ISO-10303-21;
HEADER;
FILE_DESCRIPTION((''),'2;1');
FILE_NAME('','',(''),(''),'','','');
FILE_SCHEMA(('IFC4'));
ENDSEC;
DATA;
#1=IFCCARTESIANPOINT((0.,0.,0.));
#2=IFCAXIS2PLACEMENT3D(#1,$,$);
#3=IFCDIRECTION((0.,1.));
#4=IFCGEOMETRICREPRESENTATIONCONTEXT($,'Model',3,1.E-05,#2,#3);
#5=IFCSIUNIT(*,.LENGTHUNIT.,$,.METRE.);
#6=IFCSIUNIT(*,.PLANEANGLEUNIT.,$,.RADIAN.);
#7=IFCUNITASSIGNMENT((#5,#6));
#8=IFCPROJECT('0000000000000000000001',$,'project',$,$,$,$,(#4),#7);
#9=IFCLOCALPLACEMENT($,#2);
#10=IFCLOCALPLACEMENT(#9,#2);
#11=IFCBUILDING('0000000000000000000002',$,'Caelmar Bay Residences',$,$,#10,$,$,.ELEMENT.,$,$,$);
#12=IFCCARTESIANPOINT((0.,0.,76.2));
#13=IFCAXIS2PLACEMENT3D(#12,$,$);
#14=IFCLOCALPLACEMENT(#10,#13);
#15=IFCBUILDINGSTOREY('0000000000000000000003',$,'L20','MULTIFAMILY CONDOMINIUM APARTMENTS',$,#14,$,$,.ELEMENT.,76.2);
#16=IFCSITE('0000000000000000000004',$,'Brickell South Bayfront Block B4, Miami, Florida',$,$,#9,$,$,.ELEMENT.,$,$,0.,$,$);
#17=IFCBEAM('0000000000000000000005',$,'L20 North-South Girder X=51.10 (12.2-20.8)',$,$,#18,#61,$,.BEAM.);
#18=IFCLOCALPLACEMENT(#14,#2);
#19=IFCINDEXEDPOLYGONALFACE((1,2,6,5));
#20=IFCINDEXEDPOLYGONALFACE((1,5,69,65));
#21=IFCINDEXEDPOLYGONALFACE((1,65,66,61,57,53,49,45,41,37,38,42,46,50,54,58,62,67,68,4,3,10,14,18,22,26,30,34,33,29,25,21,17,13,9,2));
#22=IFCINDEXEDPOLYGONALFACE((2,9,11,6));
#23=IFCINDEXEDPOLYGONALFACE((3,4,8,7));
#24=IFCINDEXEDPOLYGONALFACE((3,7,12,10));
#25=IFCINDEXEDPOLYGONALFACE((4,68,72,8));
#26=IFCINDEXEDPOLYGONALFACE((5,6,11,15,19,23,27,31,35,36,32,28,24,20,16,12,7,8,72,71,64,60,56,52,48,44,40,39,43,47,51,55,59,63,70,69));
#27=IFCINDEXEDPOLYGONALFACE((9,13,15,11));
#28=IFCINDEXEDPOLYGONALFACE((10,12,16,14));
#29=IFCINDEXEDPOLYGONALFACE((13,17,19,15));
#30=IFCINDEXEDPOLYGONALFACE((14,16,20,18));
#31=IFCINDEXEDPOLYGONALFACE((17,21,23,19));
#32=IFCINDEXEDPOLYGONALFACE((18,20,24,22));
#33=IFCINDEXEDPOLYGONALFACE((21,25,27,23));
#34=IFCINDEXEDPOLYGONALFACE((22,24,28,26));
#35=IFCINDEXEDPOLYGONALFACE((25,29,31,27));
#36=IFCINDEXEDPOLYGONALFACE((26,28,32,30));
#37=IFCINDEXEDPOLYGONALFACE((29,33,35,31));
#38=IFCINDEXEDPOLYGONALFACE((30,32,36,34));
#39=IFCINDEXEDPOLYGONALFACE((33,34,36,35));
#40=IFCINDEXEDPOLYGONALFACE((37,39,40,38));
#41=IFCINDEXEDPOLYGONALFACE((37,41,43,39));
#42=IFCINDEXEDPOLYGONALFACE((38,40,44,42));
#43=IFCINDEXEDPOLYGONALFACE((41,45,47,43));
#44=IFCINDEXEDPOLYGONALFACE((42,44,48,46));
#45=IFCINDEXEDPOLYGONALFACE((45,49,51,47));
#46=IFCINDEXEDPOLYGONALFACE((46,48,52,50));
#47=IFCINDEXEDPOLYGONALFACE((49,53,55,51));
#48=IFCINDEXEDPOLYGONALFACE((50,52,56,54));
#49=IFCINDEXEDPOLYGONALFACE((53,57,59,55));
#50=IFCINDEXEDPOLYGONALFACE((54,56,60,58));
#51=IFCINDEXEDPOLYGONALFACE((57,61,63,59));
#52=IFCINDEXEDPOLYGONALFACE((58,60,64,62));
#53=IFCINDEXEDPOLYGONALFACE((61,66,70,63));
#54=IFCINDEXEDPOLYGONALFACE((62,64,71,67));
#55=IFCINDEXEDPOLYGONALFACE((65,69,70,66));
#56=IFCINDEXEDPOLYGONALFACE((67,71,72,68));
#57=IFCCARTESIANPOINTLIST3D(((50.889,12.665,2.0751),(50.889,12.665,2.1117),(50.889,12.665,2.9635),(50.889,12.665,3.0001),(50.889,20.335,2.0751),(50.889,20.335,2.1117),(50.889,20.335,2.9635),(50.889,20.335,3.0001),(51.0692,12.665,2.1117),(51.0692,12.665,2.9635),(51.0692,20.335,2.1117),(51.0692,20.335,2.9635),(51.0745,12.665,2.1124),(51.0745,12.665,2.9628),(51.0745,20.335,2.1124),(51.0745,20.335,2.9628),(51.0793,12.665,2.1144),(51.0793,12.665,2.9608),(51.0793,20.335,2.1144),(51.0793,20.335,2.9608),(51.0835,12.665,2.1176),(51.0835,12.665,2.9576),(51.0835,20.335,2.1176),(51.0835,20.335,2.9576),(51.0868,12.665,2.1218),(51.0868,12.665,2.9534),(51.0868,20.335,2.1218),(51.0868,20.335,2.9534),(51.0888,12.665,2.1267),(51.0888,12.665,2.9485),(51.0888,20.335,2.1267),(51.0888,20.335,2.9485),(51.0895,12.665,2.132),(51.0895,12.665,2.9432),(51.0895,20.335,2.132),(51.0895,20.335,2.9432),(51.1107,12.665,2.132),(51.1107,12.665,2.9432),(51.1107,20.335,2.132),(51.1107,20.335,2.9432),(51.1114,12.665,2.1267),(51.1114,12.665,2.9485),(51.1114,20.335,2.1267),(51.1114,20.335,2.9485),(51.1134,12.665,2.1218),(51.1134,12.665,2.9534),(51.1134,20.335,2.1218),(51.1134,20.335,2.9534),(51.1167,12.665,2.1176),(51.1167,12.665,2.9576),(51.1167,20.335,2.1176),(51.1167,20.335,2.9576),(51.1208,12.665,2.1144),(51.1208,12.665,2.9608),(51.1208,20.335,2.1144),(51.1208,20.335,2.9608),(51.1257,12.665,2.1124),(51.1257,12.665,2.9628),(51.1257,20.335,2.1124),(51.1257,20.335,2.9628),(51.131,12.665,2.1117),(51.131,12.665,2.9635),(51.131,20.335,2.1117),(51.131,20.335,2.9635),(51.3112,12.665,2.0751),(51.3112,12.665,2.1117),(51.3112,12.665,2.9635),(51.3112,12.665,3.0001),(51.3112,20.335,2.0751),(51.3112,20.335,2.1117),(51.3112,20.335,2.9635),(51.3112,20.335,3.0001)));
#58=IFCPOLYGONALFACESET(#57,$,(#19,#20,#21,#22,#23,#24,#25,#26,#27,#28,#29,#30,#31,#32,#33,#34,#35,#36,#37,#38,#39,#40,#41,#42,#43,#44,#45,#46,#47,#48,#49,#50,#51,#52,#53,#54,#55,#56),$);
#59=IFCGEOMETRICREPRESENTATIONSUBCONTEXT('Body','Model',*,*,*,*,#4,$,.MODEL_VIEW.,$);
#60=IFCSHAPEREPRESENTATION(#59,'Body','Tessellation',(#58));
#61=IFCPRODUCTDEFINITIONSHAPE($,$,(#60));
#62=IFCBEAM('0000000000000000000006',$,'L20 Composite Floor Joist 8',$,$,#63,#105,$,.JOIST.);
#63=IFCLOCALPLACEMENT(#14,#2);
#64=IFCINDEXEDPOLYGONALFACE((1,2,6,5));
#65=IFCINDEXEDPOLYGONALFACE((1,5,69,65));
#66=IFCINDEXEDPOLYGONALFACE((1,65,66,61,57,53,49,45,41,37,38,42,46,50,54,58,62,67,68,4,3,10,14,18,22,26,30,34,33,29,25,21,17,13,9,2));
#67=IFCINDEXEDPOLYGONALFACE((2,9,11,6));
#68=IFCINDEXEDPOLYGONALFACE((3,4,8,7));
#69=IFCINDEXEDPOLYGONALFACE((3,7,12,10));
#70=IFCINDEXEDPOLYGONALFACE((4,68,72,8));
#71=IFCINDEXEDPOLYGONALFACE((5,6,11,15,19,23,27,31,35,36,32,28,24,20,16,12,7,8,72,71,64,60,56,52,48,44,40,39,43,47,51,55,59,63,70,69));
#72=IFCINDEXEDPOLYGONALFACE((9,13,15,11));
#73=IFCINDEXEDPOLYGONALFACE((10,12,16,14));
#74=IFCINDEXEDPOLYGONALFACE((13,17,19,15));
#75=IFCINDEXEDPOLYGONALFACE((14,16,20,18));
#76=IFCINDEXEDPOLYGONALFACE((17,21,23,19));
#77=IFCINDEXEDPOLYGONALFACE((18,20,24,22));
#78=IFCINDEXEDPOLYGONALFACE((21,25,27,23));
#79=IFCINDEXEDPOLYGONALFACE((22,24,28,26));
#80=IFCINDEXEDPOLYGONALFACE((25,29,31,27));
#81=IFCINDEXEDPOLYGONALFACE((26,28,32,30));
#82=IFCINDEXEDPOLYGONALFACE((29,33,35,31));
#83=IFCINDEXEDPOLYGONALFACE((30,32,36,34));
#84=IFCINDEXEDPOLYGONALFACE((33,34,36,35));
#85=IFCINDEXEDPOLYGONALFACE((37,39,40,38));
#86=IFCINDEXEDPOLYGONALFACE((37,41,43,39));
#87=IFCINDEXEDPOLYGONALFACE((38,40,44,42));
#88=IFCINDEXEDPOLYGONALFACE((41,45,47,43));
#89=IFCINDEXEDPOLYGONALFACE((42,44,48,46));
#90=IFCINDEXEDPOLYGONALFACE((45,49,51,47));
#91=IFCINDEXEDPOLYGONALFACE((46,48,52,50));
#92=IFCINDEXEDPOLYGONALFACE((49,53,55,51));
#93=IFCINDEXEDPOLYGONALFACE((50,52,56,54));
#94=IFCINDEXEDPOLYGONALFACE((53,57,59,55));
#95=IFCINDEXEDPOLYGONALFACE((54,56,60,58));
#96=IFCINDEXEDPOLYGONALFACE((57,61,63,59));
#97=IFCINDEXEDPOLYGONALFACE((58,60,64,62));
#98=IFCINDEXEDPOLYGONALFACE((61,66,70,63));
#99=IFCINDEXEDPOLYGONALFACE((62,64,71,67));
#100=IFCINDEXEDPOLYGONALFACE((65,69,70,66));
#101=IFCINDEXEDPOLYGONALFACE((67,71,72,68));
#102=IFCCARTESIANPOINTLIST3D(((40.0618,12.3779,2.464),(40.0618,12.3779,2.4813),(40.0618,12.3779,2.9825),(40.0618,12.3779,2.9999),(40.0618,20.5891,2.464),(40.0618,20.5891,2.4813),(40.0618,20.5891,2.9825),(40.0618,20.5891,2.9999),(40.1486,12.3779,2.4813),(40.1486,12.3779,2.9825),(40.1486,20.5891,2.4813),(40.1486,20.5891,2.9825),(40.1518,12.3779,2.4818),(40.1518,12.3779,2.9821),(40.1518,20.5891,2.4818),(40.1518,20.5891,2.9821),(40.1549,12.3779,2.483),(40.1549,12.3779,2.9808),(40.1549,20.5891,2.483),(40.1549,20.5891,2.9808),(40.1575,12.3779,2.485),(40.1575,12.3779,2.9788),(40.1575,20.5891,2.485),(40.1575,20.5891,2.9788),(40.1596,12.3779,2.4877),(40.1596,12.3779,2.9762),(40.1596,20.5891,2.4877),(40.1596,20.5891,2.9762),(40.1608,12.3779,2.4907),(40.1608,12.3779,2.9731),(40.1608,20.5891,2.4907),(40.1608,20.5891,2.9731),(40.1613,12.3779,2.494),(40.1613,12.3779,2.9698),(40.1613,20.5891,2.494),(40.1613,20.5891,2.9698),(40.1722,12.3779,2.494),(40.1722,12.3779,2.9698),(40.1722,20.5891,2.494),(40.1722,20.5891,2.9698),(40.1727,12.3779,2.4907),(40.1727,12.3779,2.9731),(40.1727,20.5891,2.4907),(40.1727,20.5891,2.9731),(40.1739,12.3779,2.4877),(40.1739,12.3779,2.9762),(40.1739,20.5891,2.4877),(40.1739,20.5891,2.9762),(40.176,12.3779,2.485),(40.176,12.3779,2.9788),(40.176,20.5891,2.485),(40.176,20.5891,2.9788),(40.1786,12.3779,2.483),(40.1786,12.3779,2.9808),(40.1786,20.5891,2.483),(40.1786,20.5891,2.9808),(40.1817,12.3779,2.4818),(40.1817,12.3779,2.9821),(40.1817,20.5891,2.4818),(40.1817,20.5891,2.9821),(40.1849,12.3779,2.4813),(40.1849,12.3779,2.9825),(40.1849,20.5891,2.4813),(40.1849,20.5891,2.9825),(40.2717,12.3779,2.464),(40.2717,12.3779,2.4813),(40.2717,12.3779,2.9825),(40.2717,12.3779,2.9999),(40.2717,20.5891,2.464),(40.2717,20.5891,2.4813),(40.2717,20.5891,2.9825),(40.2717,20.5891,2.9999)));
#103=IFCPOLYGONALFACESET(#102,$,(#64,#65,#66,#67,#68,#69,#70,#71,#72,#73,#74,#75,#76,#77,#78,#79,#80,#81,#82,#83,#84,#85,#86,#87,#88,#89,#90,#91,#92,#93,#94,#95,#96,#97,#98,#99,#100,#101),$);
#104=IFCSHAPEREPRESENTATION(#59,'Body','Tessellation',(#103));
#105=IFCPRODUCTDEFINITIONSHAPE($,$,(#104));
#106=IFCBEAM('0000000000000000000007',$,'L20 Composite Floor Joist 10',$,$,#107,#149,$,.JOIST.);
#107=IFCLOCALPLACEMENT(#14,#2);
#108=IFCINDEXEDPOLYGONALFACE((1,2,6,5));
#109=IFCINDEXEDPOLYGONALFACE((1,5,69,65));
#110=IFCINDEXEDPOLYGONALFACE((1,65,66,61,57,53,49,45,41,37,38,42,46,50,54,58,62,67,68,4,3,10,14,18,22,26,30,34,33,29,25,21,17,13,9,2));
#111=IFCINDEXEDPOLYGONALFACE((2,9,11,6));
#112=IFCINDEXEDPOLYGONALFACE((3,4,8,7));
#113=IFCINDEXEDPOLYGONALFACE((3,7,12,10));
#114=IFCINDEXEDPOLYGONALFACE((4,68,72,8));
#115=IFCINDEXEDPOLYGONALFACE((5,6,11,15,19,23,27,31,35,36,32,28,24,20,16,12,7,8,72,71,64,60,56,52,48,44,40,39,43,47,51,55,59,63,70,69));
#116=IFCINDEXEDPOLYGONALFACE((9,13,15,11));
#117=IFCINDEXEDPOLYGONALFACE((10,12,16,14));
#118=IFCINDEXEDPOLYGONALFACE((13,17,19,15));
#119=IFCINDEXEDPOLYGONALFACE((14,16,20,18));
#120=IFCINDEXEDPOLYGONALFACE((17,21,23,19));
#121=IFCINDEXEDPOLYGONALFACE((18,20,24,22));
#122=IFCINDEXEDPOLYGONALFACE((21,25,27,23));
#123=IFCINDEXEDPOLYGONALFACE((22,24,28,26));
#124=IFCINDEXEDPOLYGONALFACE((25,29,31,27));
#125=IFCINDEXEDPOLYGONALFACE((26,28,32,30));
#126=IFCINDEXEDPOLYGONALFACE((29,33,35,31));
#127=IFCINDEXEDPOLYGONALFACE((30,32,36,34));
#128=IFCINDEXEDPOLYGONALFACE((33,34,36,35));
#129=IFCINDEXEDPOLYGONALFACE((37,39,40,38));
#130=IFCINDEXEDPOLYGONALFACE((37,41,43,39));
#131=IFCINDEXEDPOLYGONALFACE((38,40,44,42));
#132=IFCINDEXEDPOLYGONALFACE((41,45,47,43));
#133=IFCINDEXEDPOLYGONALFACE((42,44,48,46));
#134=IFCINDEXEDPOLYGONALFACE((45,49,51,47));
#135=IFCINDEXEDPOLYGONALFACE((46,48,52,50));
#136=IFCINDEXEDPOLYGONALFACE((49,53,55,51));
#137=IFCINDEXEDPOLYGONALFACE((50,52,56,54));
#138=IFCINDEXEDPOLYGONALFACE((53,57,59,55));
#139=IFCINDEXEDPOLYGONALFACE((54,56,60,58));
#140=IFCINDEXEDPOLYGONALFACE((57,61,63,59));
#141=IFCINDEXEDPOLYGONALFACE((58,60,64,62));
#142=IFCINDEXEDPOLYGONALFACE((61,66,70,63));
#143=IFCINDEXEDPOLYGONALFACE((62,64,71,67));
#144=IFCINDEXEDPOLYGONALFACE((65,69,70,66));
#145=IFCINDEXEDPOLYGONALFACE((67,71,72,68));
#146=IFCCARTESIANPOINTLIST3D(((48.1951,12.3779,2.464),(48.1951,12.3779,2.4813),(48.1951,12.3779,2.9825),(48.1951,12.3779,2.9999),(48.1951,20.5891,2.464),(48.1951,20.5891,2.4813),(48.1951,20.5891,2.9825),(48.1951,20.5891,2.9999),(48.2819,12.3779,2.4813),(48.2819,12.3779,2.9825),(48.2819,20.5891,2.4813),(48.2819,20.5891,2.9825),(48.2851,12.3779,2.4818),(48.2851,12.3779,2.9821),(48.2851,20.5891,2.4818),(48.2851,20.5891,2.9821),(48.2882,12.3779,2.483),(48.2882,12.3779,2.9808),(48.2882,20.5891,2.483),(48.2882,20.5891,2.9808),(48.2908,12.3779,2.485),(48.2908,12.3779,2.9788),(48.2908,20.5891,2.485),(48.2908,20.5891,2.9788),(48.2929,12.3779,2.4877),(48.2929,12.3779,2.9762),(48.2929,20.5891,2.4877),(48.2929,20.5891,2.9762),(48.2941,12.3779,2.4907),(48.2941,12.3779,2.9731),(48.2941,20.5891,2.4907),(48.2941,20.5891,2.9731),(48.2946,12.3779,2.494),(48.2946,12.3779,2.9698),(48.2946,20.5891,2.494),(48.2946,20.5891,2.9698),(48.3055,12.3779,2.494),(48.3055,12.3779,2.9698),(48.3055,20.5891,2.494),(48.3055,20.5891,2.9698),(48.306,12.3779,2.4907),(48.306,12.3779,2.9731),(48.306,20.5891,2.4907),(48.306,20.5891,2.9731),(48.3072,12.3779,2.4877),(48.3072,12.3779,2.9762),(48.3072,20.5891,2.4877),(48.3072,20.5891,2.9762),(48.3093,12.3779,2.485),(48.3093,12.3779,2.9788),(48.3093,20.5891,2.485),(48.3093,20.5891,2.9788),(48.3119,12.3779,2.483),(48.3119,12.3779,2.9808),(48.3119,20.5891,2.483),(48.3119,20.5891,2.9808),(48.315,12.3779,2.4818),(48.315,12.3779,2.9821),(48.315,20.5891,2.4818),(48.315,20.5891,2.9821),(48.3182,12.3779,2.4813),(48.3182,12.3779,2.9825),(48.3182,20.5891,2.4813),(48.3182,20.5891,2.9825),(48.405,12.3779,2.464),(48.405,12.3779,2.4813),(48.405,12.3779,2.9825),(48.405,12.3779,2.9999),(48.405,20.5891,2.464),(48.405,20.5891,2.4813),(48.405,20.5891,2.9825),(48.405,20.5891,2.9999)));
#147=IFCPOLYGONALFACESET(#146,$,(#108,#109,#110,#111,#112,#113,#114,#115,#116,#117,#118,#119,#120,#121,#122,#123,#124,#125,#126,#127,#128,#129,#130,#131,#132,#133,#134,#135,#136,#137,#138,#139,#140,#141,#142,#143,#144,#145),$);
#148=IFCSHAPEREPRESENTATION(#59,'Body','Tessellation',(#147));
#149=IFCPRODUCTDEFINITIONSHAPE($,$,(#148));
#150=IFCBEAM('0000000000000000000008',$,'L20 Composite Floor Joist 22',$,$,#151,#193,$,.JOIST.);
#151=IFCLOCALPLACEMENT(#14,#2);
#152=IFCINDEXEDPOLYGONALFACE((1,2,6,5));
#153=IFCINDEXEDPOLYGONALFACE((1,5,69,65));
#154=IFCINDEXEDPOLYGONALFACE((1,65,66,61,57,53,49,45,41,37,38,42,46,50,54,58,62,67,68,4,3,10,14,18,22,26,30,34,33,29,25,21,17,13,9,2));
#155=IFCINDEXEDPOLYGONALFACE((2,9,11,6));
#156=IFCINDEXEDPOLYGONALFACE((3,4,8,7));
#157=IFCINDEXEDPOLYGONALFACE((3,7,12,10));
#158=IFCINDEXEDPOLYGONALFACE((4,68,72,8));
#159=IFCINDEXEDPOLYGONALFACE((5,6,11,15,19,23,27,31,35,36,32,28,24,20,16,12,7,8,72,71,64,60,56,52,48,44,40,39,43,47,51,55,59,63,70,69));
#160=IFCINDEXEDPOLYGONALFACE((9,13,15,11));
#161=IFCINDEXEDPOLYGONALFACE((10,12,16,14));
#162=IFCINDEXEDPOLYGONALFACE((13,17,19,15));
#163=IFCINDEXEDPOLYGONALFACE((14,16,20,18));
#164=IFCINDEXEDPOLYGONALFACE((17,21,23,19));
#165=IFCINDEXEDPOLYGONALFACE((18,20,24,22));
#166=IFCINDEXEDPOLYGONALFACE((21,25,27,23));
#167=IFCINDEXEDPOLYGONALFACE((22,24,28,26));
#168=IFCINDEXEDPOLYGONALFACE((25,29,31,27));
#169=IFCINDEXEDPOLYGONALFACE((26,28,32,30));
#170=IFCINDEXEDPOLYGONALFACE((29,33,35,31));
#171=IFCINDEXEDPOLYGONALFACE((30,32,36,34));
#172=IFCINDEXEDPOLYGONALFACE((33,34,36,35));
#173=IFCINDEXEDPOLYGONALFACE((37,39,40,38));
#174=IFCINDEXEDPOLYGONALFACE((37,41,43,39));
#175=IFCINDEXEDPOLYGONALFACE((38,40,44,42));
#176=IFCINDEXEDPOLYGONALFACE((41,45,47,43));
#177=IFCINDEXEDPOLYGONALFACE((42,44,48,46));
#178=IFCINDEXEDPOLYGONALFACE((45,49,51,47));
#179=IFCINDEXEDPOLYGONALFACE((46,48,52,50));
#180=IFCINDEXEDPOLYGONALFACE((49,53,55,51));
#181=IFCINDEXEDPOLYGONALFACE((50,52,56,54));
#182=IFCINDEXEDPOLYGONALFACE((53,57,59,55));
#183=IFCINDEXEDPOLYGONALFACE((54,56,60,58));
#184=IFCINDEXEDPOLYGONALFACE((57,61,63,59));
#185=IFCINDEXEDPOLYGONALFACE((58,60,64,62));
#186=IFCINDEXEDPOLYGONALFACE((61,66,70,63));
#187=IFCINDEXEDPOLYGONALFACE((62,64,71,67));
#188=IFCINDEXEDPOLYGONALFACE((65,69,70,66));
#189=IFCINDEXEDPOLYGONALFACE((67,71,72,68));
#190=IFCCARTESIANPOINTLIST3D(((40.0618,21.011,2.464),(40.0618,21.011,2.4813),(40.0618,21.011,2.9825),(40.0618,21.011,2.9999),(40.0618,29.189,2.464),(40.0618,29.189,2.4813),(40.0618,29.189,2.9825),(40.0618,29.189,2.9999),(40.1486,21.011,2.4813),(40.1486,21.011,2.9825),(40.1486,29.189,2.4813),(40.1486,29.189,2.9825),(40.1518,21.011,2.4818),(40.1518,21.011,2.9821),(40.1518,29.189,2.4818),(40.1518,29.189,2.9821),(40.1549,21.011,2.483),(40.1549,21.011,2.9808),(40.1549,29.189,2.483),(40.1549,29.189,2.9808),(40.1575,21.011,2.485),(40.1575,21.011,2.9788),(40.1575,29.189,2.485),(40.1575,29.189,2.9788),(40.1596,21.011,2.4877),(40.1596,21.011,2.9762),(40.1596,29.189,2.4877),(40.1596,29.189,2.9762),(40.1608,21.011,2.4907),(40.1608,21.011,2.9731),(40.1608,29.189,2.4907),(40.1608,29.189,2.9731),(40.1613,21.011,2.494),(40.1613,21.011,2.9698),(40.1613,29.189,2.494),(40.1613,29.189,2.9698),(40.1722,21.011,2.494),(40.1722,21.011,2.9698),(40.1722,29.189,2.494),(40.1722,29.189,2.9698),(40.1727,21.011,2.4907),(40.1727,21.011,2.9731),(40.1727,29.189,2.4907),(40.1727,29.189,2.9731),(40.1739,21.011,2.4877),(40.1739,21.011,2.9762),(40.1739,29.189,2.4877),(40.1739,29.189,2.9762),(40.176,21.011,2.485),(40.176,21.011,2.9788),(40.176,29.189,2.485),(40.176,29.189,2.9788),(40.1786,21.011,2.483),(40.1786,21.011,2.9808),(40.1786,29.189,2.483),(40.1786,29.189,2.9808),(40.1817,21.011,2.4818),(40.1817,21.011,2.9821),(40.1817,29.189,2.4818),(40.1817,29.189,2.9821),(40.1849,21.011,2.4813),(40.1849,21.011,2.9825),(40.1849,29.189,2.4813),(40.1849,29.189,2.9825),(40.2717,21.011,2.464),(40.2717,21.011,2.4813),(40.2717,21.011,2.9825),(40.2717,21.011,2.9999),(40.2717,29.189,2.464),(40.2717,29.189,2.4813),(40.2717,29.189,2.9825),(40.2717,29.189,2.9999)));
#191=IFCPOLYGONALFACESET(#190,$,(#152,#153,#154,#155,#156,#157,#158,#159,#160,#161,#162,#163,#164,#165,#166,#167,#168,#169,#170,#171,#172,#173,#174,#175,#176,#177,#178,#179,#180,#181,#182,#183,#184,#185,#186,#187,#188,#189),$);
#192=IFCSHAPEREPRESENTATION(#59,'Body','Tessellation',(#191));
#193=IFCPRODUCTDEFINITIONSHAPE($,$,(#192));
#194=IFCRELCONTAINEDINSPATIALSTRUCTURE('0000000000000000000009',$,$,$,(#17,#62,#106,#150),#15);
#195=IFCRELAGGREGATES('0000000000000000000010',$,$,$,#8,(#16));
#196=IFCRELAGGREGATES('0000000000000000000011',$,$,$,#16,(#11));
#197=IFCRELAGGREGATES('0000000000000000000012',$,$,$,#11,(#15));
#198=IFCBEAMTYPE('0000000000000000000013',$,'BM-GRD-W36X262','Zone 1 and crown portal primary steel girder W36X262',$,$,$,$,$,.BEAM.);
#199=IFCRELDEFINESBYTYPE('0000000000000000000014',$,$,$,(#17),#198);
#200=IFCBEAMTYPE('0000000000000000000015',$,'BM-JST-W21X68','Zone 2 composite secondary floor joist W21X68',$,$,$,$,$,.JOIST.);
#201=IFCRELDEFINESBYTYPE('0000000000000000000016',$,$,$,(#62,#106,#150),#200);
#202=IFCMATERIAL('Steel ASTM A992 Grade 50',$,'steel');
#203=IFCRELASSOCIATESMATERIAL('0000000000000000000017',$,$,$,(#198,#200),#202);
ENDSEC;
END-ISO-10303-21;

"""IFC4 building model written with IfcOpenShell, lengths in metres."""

from ifc_helpers import new_model, si_unit, direction, frame, origin, origin_2d, place, context, subcontext, project, spatial, i_section, extrude, material, material_profile, profile_set, type_object, element, save


model = new_model("IFC4")

# Units and contexts
model_context = context("Model", 3, precision=1e-05, world=origin(), true_north=direction((0.0, 1.0)))
body_context = subcontext(model_context, "Body", "Model", "MODEL_VIEW")
ifc_project = project(units=[si_unit("LENGTHUNIT", "METRE"), si_unit("PLANEANGLEUNIT", "RADIAN")], contexts=[model_context])

# Site, building, storey
site_placement = place(None, origin())
site = spatial("IfcSite", under=ifc_project, at=site_placement, Name="Brickell South Bayfront Block B4, Miami, Florida", CompositionType="ELEMENT", RefElevation=0.0)
building_placement = place(site_placement, origin())
building = spatial("IfcBuilding", under=site, at=building_placement, Name="Caelmar Bay Residences", CompositionType="ELEMENT")
storey_placement = place(building_placement, frame((0.0, 0.0, 76.2)))
storey = spatial("IfcBuildingStorey", under=building, at=storey_placement, Name="L20", Description="MULTIFAMILY CONDOMINIUM APARTMENTS", CompositionType="ELEMENT", Elevation=76.2)

# Beams
ifc_material_1 = material(Name="Steel ASTM A992 Grade 50", Category="steel")
ifc_material_profile_1 = material_profile(ifc_material_1, i_section(OverallWidth=0.4221, OverallDepth=0.925, WebThickness=0.0212, FlangeThickness=0.0366, FilletRadius=0.0203, at=origin_2d()), Name="W36X262")
ifc_profile_set_1 = profile_set([ifc_material_profile_1], Name="Steel ASTM A992 Grade 50")
beam_type_1 = type_object("IfcBeamType", Name="BM-GRD-W36X262", Description="Zone 1 and crown portal primary steel girder W36X262", PredefinedType="BEAM", material=ifc_profile_set_1)
for number, where, z_axis, x_axis, name in (
    (1, (51.1001, 12.665, 2.5376), (0.0, 1.0, 0.0), (-1.0, 0.0, 0.0), "L20 North-South Girder X=51.10 (12.2-20.8)"),
):
    element("IfcBeam", number, at=place(storey_placement, frame(where, z_axis=z_axis, x_axis=x_axis)), inside=storey, type_object=beam_type_1, Name=name, PredefinedType="BEAM", context=body_context, shape_type="SweptSolid", body=[
        extrude(i_section(OverallWidth=0.4221, OverallDepth=0.925, WebThickness=0.0212, FlangeThickness=0.0366, FilletRadius=0.0203, at=origin_2d()), origin(), (0.0, 0.0, 1.0), 7.6699),
    ])
ifc_material_profile_2 = material_profile(ifc_material_1, i_section(OverallWidth=0.21, OverallDepth=0.5359, WebThickness=0.011, FlangeThickness=0.0173, FilletRadius=0.0127, at=origin_2d()), Name="W21X68")
ifc_profile_set_2 = profile_set([ifc_material_profile_2], Name="Steel ASTM A992 Grade 50")
beam_type_2 = type_object("IfcBeamType", Name="BM-JST-W21X68", Description="Zone 2 composite secondary floor joist W21X68", PredefinedType="JOIST", material=ifc_profile_set_2)
for number, where, z_axis, x_axis, name in (
    (2, (40.1667, 12.3779, 2.7319), (0.0, 1.0, 0.0), (-1.0, 0.0, 0.0), "L20 Composite Floor Joist 8"),
    (3, (48.3, 12.3779, 2.7319), (0.0, 1.0, 0.0), (-1.0, 0.0, 0.0), "L20 Composite Floor Joist 10"),
):
    element("IfcBeam", number, at=place(storey_placement, frame(where, z_axis=z_axis, x_axis=x_axis)), inside=storey, type_object=beam_type_2, Name=name, PredefinedType="JOIST", context=body_context, shape_type="SweptSolid", body=[
        extrude(i_section(OverallWidth=0.21, OverallDepth=0.5359, WebThickness=0.011, FlangeThickness=0.0173, FilletRadius=0.0127, at=origin_2d()), origin(), (0.0, 0.0, 1.0), 8.2112),
    ])
for number, where, z_axis, x_axis, name in (
    (4, (40.1667, 21.011, 2.7319), (0.0, 1.0, 0.0), (-1.0, 0.0, 0.0), "L20 Composite Floor Joist 22"),
):
    element("IfcBeam", number, at=place(storey_placement, frame(where, z_axis=z_axis, x_axis=x_axis)), inside=storey, type_object=beam_type_2, Name=name, PredefinedType="JOIST", context=body_context, shape_type="SweptSolid", body=[
        extrude(i_section(OverallWidth=0.21, OverallDepth=0.5359, WebThickness=0.011, FlangeThickness=0.0173, FilletRadius=0.0127, at=origin_2d()), origin(), (0.0, 0.0, 1.0), 8.178),
    ])

save(model, "model.ifc")
